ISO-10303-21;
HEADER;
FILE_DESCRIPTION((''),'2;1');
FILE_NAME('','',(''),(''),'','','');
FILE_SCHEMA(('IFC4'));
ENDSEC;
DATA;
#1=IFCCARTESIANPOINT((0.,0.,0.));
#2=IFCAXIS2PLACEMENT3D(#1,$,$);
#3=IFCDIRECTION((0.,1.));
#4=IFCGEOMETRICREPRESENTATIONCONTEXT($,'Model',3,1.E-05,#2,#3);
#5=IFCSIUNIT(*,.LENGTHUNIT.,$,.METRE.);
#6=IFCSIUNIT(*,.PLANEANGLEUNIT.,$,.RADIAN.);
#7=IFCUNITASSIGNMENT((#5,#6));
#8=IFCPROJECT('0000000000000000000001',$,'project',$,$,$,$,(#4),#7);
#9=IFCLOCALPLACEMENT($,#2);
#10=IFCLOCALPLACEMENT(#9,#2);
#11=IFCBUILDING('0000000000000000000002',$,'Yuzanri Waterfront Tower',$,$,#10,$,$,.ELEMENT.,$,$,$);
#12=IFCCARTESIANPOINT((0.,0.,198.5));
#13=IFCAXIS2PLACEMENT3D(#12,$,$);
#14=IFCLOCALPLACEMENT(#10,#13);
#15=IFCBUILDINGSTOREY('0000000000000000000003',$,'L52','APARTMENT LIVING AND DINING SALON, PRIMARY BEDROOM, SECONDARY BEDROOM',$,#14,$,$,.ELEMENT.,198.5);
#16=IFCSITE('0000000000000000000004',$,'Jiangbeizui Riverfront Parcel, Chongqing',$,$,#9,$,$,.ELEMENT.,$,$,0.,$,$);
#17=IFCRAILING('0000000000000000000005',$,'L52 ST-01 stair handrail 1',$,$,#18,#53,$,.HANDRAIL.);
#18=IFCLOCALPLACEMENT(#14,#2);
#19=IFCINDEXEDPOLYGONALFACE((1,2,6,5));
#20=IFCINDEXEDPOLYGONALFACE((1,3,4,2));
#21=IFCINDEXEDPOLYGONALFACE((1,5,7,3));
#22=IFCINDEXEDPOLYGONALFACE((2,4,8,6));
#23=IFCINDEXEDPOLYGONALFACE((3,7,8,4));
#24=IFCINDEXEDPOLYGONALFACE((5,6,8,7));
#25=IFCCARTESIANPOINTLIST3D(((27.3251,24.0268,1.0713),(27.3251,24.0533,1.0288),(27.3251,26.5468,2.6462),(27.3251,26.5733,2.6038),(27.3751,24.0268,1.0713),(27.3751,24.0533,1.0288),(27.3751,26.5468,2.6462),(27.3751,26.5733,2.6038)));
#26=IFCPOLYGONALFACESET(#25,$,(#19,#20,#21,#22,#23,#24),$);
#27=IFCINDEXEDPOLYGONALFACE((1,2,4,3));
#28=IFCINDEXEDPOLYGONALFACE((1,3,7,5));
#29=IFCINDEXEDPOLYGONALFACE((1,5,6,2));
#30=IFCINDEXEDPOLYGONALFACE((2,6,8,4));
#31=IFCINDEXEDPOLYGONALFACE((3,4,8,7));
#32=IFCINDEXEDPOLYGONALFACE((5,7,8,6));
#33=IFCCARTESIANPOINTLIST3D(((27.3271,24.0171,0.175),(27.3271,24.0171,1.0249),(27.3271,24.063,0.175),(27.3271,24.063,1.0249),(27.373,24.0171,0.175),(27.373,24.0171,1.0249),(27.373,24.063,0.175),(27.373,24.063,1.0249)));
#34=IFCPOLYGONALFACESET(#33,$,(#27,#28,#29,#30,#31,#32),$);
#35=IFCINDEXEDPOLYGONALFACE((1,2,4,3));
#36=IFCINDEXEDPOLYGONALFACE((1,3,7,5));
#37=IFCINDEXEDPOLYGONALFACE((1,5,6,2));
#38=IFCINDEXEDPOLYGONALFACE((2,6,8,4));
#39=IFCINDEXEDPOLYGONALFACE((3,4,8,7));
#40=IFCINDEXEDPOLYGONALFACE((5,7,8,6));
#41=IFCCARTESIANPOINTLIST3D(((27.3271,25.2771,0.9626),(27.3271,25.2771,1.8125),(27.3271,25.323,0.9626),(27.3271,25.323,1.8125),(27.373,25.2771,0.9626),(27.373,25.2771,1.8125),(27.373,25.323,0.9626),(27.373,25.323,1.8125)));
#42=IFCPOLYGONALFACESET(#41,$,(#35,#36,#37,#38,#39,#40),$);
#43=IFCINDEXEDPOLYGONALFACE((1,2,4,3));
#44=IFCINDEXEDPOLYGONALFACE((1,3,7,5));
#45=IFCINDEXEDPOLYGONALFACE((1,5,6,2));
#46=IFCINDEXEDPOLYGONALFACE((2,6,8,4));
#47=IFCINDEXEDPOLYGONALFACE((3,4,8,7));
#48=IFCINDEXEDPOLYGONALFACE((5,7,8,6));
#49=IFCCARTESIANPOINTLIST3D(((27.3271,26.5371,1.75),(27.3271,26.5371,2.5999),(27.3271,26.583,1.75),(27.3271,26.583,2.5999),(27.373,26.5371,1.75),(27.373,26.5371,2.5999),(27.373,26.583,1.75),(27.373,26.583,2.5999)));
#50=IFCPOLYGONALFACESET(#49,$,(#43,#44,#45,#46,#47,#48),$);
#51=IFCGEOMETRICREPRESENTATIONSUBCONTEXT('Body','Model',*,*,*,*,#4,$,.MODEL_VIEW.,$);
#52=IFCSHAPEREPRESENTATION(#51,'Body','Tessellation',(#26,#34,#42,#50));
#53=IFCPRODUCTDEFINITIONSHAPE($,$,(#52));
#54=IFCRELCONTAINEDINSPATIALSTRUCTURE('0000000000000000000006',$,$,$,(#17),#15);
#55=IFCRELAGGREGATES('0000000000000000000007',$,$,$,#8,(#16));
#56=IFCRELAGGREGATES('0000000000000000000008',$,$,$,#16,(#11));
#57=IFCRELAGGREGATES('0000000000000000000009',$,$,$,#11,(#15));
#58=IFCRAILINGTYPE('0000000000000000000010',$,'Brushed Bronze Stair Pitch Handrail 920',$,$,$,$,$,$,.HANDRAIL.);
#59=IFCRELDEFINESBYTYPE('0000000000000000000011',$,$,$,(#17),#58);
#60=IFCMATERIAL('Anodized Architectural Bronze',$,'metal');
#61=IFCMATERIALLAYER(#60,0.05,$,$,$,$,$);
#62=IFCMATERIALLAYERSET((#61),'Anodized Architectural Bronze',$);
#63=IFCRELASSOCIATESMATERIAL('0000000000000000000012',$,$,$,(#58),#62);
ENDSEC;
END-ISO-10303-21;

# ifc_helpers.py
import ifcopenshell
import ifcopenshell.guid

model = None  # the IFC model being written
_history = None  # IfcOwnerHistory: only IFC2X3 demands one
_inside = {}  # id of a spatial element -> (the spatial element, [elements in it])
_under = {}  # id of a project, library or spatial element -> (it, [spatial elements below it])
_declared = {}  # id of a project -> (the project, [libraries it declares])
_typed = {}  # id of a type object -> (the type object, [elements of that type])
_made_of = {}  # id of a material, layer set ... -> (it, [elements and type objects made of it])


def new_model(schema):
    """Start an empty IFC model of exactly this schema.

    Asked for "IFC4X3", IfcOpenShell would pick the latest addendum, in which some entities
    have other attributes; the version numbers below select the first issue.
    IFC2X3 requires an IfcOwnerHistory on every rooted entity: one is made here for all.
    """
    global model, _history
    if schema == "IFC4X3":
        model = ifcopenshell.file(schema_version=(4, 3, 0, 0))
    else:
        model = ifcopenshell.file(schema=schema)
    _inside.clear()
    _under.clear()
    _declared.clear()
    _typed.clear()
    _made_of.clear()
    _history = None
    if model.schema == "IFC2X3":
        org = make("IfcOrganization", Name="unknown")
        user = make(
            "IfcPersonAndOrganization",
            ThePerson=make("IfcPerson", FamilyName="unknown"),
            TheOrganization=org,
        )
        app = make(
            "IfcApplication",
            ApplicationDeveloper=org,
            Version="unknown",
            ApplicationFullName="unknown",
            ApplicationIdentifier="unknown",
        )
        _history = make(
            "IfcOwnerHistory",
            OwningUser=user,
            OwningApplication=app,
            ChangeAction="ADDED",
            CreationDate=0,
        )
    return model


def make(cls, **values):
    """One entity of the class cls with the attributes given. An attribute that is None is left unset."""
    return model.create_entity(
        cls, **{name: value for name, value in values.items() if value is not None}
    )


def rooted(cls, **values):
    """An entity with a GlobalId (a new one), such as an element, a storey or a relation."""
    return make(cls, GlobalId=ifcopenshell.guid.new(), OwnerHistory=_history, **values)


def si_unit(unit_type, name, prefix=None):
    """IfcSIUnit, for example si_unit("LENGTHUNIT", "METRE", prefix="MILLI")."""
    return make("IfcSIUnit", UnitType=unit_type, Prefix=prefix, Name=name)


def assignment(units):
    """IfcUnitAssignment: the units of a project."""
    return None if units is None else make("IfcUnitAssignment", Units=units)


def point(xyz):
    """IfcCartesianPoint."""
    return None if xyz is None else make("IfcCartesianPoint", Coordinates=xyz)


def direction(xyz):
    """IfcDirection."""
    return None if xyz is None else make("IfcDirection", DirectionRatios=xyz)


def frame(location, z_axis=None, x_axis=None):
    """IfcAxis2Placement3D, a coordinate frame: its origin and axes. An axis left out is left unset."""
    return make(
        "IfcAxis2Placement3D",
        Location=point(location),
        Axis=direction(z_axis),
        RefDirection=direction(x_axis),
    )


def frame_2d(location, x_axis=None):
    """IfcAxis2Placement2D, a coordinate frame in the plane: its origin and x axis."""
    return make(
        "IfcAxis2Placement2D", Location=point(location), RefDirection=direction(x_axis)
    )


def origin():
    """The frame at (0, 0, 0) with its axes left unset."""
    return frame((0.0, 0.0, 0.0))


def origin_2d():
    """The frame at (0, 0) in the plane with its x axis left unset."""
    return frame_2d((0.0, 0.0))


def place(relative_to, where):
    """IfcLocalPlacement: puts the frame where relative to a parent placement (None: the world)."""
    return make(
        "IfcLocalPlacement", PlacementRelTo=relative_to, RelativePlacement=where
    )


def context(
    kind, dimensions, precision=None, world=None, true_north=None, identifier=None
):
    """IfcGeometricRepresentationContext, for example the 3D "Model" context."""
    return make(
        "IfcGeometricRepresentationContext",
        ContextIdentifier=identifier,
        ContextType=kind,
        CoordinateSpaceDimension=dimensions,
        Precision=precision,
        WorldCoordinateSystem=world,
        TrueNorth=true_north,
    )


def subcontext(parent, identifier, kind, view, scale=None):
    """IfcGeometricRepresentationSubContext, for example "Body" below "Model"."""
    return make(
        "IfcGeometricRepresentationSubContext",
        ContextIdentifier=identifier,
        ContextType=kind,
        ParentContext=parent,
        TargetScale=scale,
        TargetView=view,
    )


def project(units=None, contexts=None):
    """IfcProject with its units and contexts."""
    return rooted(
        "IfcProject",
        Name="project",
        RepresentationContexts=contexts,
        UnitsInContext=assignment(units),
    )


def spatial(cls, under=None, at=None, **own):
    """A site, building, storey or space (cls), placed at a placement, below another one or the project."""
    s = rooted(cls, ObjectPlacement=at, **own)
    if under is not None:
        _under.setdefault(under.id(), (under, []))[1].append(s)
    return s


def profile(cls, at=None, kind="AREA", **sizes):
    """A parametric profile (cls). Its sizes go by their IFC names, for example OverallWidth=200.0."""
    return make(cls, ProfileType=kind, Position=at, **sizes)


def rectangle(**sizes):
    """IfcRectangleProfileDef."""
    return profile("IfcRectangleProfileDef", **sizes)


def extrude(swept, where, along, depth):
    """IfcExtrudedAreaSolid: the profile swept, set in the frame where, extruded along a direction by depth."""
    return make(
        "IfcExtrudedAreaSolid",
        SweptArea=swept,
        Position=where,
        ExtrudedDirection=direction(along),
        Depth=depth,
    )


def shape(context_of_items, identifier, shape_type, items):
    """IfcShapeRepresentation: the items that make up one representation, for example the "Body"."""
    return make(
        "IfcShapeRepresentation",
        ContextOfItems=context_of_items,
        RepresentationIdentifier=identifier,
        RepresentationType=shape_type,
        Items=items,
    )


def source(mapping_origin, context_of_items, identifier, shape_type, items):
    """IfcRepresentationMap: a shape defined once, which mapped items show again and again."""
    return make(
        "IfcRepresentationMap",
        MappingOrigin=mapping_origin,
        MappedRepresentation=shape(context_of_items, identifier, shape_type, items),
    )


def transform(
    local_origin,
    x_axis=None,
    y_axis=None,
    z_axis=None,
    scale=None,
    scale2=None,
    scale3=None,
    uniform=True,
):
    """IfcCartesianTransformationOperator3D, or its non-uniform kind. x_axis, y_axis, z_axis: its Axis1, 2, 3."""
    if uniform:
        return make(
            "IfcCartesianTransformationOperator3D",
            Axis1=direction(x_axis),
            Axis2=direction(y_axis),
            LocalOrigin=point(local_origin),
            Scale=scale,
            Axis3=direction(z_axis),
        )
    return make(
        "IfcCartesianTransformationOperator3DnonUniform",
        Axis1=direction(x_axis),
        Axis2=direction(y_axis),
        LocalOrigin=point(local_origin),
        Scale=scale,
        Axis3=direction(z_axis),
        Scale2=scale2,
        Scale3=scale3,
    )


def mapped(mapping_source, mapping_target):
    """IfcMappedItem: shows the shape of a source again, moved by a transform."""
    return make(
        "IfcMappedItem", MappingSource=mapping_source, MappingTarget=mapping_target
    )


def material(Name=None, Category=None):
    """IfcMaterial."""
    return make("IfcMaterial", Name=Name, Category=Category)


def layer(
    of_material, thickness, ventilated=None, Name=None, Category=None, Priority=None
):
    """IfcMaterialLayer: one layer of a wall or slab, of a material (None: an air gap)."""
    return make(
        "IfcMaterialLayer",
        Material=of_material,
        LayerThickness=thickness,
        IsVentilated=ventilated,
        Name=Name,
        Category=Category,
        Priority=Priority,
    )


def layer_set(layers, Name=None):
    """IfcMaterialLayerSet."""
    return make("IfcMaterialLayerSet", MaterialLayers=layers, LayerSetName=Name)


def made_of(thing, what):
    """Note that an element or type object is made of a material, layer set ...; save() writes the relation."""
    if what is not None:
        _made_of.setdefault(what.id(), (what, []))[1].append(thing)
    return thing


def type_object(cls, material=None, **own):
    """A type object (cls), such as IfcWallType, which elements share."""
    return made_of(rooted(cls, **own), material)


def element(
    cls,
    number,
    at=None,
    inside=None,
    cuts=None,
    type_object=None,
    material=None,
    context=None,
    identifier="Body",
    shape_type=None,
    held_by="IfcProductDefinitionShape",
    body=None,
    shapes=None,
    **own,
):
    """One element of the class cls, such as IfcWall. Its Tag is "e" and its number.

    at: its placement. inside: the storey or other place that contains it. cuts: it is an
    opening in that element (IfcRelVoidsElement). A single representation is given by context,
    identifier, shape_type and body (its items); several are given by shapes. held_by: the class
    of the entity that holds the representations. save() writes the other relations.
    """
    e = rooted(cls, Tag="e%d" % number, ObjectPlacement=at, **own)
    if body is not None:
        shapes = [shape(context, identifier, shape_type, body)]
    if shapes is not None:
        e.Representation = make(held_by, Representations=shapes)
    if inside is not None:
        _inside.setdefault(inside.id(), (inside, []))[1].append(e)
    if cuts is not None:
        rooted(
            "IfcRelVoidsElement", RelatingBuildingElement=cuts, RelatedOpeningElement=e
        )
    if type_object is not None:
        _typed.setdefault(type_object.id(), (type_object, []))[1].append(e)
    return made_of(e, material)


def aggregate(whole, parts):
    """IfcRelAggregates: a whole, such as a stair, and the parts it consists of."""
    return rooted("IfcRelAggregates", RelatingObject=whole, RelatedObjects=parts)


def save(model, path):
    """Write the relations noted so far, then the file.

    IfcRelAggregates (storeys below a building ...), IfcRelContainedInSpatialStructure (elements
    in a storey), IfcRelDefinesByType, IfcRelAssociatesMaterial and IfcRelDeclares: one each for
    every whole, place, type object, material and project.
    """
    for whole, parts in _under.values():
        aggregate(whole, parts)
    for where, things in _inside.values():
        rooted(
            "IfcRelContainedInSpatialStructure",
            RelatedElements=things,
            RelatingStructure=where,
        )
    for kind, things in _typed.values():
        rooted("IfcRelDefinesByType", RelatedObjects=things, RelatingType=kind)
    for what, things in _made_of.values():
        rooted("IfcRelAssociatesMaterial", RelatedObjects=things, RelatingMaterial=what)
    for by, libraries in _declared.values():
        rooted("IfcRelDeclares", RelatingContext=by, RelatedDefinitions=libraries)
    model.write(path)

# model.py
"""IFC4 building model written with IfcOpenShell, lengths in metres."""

from ifc_helpers import new_model, si_unit, direction, frame, origin, origin_2d, place, context, subcontext, project, spatial, rectangle, extrude, source, transform, mapped, material, layer, layer_set, type_object, element, save


model = new_model("IFC4")

# Units and contexts
model_context = context("Model", 3, precision=1e-05, world=origin(), true_north=direction((0.0, 1.0)))
body_context = subcontext(model_context, "Body", "Model", "MODEL_VIEW")
ifc_project = project(units=[si_unit("LENGTHUNIT", "METRE"), si_unit("PLANEANGLEUNIT", "RADIAN")], contexts=[model_context])

# Site, building, storey
site_placement = place(None, origin())
site = spatial("IfcSite", under=ifc_project, at=site_placement, Name="Jiangbeizui Riverfront Parcel, Chongqing", CompositionType="ELEMENT", RefElevation=0.0)
building_placement = place(site_placement, origin())
building = spatial("IfcBuilding", under=site, at=building_placement, Name="Yuzanri Waterfront Tower", CompositionType="ELEMENT")
storey_placement = place(building_placement, frame((0.0, 0.0, 198.5)))
storey = spatial("IfcBuildingStorey", under=building, at=storey_placement, Name="L52", Description="APARTMENT LIVING AND DINING SALON, PRIMARY BEDROOM, SECONDARY BEDROOM", CompositionType="ELEMENT", Elevation=198.5)

# Railing
ifc_material_1 = material(Name="Anodized Architectural Bronze", Category="metal")
ifc_layer_1 = layer(ifc_material_1, 0.05)
ifc_layer_set_1 = layer_set([ifc_layer_1], Name="Anodized Architectural Bronze")
railing_type_1 = type_object("IfcRailingType", Name="Brushed Bronze Stair Pitch Handrail 920", PredefinedType="HANDRAIL", material=ifc_layer_set_1)
shared_shape_1 = source(origin(), body_context, "Body", "SweptSolid", [
    extrude(rectangle(XDim=0.05, YDim=0.05, at=origin_2d()), frame((0.0, 0.0, 0.875), z_axis=(0.0, 0.848008, 0.529984), x_axis=(-1.0, 0.0, 0.0)), (0.0, 0.0, 1.0), 2.9717),
    extrude(rectangle(XDim=0.0459, YDim=0.0459, at=origin_2d()), origin(), (0.0, 0.0, 1.0), 0.8499),
    extrude(rectangle(XDim=0.0459, YDim=0.0459, at=origin_2d()), frame((0.0, 1.26, 0.7876)), (0.0, 0.0, 1.0), 0.8499),
    extrude(rectangle(XDim=0.0459, YDim=0.0459, at=origin_2d()), frame((0.0, 2.52, 1.575)), (0.0, 0.0, 1.0), 0.8499),
])
railing_1_placement = place(storey_placement, frame((27.3501, 24.04, 0.175)))
element("IfcRailing", 1, at=railing_1_placement, inside=storey, type_object=railing_type_1, Name="L52 ST-01 stair handrail 1", PredefinedType="HANDRAIL", context=body_context, shape_type="MappedRepresentation", body=[
    mapped(shared_shape_1, transform((0.0, 0.0, 0.0), scale=1.0)),
])

save(model, "model.ifc")
